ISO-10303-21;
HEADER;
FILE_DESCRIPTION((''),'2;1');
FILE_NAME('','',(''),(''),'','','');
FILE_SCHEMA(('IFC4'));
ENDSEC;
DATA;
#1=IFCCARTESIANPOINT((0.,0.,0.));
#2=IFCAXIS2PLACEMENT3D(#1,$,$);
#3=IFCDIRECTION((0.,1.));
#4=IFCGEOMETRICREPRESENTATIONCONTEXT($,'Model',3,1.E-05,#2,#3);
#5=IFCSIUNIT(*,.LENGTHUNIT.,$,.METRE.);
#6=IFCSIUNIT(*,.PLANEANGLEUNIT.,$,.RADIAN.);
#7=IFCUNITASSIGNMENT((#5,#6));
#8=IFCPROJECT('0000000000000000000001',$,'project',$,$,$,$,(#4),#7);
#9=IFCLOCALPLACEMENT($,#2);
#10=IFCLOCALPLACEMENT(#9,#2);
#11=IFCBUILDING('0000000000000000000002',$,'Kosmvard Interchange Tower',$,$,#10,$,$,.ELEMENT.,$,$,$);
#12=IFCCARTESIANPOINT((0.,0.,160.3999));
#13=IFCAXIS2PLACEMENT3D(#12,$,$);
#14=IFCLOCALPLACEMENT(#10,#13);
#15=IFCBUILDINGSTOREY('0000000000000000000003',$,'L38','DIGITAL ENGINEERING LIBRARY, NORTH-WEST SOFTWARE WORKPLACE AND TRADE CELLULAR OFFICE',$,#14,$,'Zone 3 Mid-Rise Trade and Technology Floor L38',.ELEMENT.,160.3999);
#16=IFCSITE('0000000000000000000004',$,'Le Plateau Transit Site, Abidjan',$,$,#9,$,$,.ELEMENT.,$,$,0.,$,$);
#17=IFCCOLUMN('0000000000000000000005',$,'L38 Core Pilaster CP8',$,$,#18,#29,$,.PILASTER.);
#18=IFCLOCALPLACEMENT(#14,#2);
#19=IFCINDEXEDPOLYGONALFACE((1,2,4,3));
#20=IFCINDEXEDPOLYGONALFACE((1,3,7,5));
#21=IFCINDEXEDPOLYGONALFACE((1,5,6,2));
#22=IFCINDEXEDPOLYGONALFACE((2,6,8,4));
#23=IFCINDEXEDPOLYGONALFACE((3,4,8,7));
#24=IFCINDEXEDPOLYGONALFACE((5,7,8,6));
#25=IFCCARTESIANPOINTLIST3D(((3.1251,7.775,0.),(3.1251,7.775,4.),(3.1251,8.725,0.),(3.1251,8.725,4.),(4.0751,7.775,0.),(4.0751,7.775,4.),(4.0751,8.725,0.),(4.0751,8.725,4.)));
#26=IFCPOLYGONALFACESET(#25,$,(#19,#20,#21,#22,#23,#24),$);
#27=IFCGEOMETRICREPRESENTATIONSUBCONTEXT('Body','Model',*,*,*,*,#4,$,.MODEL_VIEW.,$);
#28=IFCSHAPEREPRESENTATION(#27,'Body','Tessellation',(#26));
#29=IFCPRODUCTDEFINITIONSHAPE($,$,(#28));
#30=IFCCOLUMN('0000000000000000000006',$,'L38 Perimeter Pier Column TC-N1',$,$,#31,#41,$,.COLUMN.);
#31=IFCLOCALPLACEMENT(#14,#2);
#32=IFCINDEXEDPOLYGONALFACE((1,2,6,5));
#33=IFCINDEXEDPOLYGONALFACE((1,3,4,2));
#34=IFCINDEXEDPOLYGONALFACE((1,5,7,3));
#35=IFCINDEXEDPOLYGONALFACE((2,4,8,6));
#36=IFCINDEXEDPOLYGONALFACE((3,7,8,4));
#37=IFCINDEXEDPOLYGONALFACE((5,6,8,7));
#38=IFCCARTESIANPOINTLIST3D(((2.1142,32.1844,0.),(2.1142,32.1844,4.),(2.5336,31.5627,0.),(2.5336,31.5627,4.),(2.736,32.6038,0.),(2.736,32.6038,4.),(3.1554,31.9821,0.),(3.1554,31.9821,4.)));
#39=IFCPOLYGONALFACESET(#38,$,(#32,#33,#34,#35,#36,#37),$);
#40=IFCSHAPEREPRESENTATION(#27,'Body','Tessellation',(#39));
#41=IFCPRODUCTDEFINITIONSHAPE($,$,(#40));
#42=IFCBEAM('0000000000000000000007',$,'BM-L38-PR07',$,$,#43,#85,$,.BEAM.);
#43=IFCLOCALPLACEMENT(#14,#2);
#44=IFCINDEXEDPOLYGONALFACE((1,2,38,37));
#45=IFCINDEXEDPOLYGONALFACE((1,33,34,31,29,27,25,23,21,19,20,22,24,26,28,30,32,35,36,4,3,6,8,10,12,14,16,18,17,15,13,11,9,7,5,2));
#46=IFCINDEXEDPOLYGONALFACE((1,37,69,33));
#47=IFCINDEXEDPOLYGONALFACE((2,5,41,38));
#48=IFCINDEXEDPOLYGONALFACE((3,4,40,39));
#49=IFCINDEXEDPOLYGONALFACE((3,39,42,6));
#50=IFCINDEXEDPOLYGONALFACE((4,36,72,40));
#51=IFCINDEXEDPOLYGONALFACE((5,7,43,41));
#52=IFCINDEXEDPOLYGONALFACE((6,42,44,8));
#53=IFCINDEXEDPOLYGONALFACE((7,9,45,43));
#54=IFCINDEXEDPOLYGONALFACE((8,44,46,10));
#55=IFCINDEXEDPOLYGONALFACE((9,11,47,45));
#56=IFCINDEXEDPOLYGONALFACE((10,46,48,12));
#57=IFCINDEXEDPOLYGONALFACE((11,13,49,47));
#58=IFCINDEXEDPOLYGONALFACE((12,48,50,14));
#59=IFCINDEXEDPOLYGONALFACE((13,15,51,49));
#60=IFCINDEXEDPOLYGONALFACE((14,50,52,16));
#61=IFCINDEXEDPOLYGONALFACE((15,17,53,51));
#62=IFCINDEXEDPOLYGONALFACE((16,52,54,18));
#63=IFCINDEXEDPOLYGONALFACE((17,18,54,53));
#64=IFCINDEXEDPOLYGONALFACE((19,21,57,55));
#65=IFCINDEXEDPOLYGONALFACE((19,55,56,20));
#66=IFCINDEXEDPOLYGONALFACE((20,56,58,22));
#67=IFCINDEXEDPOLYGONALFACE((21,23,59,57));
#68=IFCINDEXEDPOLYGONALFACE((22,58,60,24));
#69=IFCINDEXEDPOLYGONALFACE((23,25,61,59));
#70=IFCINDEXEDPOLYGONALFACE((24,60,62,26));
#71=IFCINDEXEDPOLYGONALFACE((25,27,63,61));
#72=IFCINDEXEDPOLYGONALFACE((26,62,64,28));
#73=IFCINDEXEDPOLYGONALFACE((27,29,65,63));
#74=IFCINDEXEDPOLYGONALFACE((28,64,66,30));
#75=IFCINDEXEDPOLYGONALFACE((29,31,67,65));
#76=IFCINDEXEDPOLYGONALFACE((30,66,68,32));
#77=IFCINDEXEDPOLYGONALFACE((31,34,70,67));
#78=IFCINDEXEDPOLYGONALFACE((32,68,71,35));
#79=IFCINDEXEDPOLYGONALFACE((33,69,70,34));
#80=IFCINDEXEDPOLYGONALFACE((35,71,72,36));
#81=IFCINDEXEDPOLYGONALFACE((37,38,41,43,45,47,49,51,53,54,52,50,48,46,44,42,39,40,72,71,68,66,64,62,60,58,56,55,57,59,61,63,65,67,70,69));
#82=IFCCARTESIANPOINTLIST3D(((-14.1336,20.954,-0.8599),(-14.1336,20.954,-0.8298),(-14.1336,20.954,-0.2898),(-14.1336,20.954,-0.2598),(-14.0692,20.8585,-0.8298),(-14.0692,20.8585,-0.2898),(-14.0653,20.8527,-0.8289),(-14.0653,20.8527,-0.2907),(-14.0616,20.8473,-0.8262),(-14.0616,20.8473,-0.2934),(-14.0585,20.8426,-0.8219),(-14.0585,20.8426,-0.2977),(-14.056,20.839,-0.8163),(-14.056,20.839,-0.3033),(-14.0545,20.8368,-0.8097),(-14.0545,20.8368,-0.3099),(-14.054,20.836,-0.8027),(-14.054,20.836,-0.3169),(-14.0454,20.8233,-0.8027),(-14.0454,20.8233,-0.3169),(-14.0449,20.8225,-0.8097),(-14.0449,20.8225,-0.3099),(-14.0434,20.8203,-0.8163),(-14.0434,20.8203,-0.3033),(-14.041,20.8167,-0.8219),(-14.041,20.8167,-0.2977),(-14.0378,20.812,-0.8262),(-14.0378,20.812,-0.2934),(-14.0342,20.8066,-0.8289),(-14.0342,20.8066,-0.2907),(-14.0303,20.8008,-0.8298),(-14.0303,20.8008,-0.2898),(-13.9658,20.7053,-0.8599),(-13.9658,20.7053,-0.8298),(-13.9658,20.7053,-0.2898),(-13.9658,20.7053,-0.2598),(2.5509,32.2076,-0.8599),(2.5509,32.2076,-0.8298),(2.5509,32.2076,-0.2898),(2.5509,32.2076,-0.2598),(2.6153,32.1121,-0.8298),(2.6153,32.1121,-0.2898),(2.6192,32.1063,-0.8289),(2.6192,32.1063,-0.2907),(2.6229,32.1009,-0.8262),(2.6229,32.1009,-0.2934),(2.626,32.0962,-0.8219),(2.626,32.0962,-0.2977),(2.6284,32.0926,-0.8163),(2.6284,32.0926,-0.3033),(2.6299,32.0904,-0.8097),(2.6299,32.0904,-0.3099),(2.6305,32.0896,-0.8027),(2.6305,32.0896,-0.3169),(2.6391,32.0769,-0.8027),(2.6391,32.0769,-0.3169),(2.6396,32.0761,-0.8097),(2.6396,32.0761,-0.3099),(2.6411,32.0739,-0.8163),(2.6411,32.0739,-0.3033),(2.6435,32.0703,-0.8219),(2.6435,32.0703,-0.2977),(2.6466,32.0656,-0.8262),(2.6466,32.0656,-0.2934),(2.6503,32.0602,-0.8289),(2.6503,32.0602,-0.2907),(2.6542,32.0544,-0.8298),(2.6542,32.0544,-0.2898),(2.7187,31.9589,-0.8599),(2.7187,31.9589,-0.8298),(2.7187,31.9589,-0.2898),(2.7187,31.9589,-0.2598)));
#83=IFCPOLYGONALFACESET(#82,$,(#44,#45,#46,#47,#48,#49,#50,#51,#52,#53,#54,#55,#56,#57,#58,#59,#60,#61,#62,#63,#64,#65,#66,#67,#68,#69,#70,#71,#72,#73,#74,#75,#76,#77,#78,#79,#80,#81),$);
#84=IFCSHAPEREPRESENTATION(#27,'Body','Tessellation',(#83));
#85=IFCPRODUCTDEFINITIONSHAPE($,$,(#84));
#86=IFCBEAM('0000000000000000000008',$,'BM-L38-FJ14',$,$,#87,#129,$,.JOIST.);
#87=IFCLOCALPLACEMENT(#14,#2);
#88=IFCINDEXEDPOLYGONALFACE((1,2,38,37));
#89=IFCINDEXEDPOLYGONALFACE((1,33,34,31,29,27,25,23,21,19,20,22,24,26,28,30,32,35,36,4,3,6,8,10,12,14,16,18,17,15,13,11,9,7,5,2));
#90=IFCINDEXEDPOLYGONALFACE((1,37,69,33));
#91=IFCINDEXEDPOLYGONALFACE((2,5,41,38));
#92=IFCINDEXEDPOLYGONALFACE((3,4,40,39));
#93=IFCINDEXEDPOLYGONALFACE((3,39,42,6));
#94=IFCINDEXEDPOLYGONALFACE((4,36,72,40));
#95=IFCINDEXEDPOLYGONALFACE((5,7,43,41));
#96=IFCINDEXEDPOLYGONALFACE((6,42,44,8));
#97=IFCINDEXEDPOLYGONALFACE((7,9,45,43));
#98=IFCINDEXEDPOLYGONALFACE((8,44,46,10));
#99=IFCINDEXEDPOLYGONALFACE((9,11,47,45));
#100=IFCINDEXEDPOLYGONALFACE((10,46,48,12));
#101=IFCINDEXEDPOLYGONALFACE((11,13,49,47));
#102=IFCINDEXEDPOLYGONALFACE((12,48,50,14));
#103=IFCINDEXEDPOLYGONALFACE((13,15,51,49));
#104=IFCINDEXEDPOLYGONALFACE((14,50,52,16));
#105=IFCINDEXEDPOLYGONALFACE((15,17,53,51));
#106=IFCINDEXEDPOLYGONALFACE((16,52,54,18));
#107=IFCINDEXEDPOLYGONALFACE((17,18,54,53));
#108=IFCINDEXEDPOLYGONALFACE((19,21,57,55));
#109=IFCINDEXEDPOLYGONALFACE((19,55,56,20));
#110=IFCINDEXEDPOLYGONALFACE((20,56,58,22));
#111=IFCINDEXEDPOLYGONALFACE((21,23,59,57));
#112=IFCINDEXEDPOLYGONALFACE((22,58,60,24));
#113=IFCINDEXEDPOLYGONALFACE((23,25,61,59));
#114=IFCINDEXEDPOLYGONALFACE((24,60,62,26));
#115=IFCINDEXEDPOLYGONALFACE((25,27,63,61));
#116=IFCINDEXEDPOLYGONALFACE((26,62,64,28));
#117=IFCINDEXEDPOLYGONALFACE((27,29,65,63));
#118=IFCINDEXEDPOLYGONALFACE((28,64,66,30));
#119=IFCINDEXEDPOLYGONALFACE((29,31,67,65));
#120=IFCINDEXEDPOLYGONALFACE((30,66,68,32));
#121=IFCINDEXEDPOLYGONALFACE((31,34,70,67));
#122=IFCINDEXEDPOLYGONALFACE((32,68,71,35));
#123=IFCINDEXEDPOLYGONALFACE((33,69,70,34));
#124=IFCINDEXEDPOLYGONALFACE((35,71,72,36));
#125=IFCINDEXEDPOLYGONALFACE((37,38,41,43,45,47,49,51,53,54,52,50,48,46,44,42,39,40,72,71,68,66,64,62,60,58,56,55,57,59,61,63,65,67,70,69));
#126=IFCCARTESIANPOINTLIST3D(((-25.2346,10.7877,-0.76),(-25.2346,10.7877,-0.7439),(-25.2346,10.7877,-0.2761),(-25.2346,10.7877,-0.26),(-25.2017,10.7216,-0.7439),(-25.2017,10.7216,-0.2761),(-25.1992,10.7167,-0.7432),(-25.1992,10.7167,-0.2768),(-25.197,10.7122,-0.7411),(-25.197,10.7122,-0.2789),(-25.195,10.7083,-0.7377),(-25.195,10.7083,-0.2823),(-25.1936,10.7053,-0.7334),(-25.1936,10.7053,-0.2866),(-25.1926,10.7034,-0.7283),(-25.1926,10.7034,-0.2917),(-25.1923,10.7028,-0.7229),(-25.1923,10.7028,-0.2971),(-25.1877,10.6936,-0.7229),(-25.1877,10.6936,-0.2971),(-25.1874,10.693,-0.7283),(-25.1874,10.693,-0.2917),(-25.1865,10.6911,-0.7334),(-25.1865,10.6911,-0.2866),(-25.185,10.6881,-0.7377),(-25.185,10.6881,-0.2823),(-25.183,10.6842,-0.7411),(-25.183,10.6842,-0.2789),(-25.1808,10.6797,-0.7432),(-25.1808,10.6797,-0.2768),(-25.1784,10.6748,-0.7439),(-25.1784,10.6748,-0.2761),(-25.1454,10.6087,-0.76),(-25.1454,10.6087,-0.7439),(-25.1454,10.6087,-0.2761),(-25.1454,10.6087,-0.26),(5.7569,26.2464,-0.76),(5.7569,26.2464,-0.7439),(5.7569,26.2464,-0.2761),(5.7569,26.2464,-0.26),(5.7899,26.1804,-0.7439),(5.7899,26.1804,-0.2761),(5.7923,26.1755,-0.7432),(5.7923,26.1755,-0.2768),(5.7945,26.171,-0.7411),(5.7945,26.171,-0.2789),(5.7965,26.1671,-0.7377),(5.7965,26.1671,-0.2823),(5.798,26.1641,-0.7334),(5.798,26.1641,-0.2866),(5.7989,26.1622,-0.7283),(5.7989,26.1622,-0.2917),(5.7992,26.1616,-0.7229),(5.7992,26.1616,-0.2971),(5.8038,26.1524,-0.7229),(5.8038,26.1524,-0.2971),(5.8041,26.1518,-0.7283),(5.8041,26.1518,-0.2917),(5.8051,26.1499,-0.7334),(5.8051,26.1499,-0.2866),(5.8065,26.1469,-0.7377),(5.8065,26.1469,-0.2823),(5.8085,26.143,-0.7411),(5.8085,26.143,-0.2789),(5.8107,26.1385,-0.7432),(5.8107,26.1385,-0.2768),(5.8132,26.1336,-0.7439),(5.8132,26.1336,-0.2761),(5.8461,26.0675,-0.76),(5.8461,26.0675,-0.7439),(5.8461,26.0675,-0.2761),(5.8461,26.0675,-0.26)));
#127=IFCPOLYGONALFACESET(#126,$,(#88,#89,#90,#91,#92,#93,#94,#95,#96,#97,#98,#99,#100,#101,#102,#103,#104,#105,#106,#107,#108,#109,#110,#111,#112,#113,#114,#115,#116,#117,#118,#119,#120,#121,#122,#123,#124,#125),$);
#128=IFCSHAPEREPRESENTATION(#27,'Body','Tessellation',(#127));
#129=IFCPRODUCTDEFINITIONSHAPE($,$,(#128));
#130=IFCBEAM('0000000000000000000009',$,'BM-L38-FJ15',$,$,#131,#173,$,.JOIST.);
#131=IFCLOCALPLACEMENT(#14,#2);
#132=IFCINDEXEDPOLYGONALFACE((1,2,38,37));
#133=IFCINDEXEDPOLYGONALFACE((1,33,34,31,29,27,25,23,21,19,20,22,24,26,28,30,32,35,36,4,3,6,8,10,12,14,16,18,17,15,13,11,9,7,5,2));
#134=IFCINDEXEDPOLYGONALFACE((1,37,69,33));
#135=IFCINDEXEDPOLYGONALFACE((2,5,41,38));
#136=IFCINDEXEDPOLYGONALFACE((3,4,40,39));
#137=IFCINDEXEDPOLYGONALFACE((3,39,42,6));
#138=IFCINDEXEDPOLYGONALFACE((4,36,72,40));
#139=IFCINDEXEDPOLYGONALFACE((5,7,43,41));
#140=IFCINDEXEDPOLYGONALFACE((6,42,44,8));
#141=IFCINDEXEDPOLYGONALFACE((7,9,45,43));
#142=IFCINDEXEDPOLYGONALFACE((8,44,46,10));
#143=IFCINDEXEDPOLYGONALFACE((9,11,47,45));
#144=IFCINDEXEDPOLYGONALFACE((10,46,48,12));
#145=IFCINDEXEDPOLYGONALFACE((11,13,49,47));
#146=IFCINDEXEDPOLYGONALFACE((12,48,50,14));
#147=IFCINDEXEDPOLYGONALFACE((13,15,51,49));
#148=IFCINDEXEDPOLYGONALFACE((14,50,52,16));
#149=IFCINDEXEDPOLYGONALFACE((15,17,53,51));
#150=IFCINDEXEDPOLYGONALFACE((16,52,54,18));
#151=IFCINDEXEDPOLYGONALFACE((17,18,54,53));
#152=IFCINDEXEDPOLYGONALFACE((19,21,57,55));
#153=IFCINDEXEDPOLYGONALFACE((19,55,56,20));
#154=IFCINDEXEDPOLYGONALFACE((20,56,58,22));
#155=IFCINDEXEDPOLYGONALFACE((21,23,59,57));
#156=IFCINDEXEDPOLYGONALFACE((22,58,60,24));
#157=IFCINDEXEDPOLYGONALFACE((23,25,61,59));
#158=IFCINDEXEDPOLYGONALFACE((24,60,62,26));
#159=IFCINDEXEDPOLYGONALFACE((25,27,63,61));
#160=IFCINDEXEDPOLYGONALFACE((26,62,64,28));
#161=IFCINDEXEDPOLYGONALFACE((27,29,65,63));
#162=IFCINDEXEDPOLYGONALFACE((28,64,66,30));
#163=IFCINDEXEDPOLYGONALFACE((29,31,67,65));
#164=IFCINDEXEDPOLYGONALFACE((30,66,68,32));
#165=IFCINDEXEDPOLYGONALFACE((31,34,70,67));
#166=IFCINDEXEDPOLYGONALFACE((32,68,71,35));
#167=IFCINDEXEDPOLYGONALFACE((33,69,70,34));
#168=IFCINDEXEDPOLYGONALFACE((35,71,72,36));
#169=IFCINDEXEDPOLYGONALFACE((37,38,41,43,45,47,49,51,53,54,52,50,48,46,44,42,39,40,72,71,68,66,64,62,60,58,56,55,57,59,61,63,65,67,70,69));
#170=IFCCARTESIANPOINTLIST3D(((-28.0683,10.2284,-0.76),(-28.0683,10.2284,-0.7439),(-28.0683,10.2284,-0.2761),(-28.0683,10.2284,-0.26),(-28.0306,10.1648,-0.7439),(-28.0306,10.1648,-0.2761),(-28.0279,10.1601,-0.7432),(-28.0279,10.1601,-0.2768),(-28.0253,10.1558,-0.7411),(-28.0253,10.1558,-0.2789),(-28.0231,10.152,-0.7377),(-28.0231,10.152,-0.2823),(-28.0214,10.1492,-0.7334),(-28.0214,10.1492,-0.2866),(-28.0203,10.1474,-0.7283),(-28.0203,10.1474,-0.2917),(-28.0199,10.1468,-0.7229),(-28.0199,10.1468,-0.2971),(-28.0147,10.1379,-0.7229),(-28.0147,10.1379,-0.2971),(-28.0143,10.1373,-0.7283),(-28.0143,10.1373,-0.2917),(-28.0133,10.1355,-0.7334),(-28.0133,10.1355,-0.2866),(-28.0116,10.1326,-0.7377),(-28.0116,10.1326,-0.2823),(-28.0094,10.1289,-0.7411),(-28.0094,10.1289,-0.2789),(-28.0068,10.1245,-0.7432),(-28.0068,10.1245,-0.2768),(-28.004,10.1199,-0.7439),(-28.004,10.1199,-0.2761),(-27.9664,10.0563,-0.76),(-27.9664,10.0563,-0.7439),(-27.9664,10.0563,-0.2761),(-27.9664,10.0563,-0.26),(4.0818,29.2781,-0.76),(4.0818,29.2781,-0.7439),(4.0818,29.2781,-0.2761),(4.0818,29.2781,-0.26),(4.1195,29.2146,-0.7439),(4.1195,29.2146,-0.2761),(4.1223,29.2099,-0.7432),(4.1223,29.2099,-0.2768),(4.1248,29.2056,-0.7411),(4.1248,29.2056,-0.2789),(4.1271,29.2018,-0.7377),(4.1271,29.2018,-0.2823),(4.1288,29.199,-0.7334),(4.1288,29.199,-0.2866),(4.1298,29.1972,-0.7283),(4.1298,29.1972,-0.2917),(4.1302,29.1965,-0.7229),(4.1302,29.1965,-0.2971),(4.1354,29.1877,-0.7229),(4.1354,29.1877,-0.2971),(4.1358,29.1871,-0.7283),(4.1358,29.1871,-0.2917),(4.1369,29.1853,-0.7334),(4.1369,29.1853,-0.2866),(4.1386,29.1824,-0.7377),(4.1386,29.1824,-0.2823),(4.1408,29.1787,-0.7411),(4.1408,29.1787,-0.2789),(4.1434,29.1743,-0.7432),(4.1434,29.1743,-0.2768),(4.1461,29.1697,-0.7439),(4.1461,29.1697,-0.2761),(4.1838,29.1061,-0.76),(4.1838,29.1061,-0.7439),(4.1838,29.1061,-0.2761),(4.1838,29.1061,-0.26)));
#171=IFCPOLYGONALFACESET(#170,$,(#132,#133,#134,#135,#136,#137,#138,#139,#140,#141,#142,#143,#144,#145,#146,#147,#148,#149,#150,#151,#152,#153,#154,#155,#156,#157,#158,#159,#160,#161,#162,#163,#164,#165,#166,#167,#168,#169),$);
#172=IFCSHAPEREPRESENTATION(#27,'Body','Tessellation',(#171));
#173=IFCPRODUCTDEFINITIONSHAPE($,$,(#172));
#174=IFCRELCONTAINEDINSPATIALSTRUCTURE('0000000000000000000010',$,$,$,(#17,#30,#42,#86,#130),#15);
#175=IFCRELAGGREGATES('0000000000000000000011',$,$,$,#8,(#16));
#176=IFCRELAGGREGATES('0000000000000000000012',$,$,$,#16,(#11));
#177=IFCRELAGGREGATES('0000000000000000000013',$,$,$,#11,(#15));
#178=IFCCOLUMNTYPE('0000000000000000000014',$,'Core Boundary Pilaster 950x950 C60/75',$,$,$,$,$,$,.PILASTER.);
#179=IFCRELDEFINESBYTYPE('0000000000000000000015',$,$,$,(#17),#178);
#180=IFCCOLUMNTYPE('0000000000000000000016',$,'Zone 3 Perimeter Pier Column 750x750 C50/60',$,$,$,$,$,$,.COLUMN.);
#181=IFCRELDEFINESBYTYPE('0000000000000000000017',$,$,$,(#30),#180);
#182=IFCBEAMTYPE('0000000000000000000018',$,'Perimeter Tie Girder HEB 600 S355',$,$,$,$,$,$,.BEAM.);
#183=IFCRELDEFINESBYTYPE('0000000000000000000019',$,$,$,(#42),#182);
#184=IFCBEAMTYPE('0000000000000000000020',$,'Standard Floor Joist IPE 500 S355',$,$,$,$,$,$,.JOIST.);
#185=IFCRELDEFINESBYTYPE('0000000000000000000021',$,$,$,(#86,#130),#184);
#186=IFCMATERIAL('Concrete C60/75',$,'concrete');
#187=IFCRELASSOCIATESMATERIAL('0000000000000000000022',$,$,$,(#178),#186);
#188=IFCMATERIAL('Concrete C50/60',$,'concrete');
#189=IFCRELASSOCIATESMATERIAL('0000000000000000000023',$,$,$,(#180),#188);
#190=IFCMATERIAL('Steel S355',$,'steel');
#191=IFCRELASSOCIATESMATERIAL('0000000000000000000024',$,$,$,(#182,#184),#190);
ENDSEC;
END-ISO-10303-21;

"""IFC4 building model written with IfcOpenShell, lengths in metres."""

from ifc_helpers import new_model, si_unit, direction, frame, origin, origin_2d, place, context, subcontext, project, spatial, rectangle, i_section, extrude, source, transform, mapped, material, material_profile, profile_set, type_object, element, save


model = new_model("IFC4")

# Units and contexts
model_context = context("Model", 3, precision=1e-05, world=origin(), true_north=direction((0.0, 1.0)))
body_context = subcontext(model_context, "Body", "Model", "MODEL_VIEW")
ifc_project = project(units=[si_unit("LENGTHUNIT", "METRE"), si_unit("PLANEANGLEUNIT", "RADIAN")], contexts=[model_context])

# Site, building, storey
site_placement = place(None, origin())
site = spatial("IfcSite", under=ifc_project, at=site_placement, Name="Le Plateau Transit Site, Abidjan", CompositionType="ELEMENT", RefElevation=0.0)
building_placement = place(site_placement, origin())
building = spatial("IfcBuilding", under=site, at=building_placement, Name="Kosmvard Interchange Tower", CompositionType="ELEMENT")
storey_placement = place(building_placement, frame((0.0, 0.0, 160.3999)))
storey = spatial("IfcBuildingStorey", under=building, at=storey_placement, Name="L38", Description="DIGITAL ENGINEERING LIBRARY, NORTH-WEST SOFTWARE WORKPLACE AND TRADE CELLULAR OFFICE", LongName="Zone 3 Mid-Rise Trade and Technology Floor L38", CompositionType="ELEMENT", Elevation=160.3999)

# Columns
ifc_material_1 = material(Name="Concrete C60/75", Category="concrete")
ifc_material_profile_1 = material_profile(ifc_material_1, rectangle(XDim=0.95, YDim=0.95, at=origin_2d()), Name="CP 950x950")
ifc_profile_set_1 = profile_set([ifc_material_profile_1], Name="Concrete C60/75")
column_type_1 = type_object("IfcColumnType", Name="Core Boundary Pilaster 950x950 C60/75", PredefinedType="PILASTER", material=ifc_profile_set_1)
shared_shape_1 = source(origin(), body_context, "Body", "SweptSolid", [
    extrude(rectangle(XDim=0.95, YDim=0.95, at=origin_2d()), origin(), (0.0, 0.0, 1.0), 4.0),
])
column_1_placement = place(storey_placement, frame((3.6001, 8.25, 0.0), z_axis=(0.0, 0.0, 1.0), x_axis=(1.0, 0.0, 0.0)))
element("IfcColumn", 1, at=column_1_placement, inside=storey, type_object=column_type_1, Name="L38 Core Pilaster CP8", PredefinedType="PILASTER", context=body_context, shape_type="MappedRepresentation", body=[
    mapped(shared_shape_1, transform((0.0, 0.0, 0.0), scale=1.0)),
])
ifc_material_2 = material(Name="Concrete C50/60", Category="concrete")
ifc_material_profile_2 = material_profile(ifc_material_2, rectangle(XDim=0.75, YDim=0.75, at=origin_2d()), Name="TC 750x750")
ifc_profile_set_2 = profile_set([ifc_material_profile_2], Name="Concrete C50/60")
column_type_2 = type_object("IfcColumnType", Name="Zone 3 Perimeter Pier Column 750x750 C50/60", PredefinedType="COLUMN", material=ifc_profile_set_2)
shared_shape_2 = source(origin(), body_context, "Body", "SweptSolid", [
    extrude(rectangle(XDim=0.75, YDim=0.75, at=origin_2d()), origin(), (0.0, 0.0, 1.0), 4.0),
])
column_2_placement = place(storey_placement, frame((2.6348, 32.0833, 0.0), z_axis=(0.0, 0.0, 1.0), x_axis=(0.829038, 0.559193, 0.0)))
element("IfcColumn", 2, at=column_2_placement, inside=storey, type_object=column_type_2, Name="L38 Perimeter Pier Column TC-N1", PredefinedType="COLUMN", context=body_context, shape_type="MappedRepresentation", body=[
    mapped(shared_shape_2, transform((0.0, 0.0, 0.0), scale=1.0)),
])

# Beams
ifc_material_3 = material(Name="Steel S355", Category="steel")
ifc_material_profile_3 = material_profile(ifc_material_3, i_section(OverallWidth=0.3, OverallDepth=0.6001, WebThickness=0.0154, FlangeThickness=0.03, FilletRadius=0.0271, at=origin_2d()), Name="HEB 600")
ifc_profile_set_3 = profile_set([ifc_material_profile_3], Name="Steel S355")
beam_type_1 = type_object("IfcBeamType", Name="Perimeter Tie Girder HEB 600 S355", PredefinedType="BEAM", material=ifc_profile_set_3)
shared_shape_3 = source(origin(), body_context, "Body", "SweptSolid", [
    extrude(i_section(OverallWidth=0.3, OverallDepth=0.6001, WebThickness=0.0154, FlangeThickness=0.03, FilletRadius=0.0271, at=origin_2d()), origin(), (0.0, 0.0, 1.0), 20.125),
])
beam_1_placement = place(storey_placement, frame((2.6348, 32.0833, -0.5598), z_axis=(-0.829043, -0.559185, 0.0), x_axis=(0.559185, -0.829043, 0.0)))
element("IfcBeam", 3, at=beam_1_placement, inside=storey, type_object=beam_type_1, Name="BM-L38-PR07", PredefinedType="BEAM", context=body_context, shape_type="MappedRepresentation", body=[
    mapped(shared_shape_3, transform((0.0, 0.0, 0.0), scale=1.0)),
])
ifc_material_profile_4 = material_profile(ifc_material_3, i_section(OverallWidth=0.2, OverallDepth=0.5, WebThickness=0.0103, FlangeThickness=0.0161, FilletRadius=0.021, at=origin_2d()), Name="IPE 500")
ifc_profile_set_4 = profile_set([ifc_material_profile_4], Name="Steel S355")
beam_type_2 = type_object("IfcBeamType", Name="Standard Floor Joist IPE 500 S355", PredefinedType="JOIST", material=ifc_profile_set_4)
shared_shape_4 = source(origin(), body_context, "Body", "SweptSolid", [
    extrude(i_section(OverallWidth=0.2, OverallDepth=0.5, WebThickness=0.0103, FlangeThickness=0.0161, FilletRadius=0.021, at=origin_2d()), origin(), (0.0, 0.0, 1.0), 34.6331),
])
beam_2_placement = place(storey_placement, frame((5.8015, 26.157, -0.51), z_axis=(-0.894854, -0.446359, 0.0), x_axis=(0.446359, -0.894854, 0.0)))
element("IfcBeam", 4, at=beam_2_placement, inside=storey, type_object=beam_type_2, Name="BM-L38-FJ14", PredefinedType="JOIST", context=body_context, shape_type="MappedRepresentation", body=[
    mapped(shared_shape_4, transform((0.0, 0.0, 0.0), scale=1.0)),
])
shared_shape_5 = source(origin(), body_context, "Body", "SweptSolid", [
    extrude(i_section(OverallWidth=0.2, OverallDepth=0.5, WebThickness=0.0103, FlangeThickness=0.0161, FilletRadius=0.021, at=origin_2d()), origin(), (0.0, 0.0, 1.0), 37.3701),
])
beam_3_placement = place(storey_placement, frame((4.1328, 29.1921, -0.51), z_axis=(-0.860317, -0.50976, 0.0), x_axis=(0.50976, -0.860317, 0.0)))
element("IfcBeam", 5, at=beam_3_placement, inside=storey, type_object=beam_type_2, Name="BM-L38-FJ15", PredefinedType="JOIST", context=body_context, shape_type="MappedRepresentation", body=[
    mapped(shared_shape_5, transform((0.0, 0.0, 0.0), scale=1.0)),
])

save(model, "model.ifc")
